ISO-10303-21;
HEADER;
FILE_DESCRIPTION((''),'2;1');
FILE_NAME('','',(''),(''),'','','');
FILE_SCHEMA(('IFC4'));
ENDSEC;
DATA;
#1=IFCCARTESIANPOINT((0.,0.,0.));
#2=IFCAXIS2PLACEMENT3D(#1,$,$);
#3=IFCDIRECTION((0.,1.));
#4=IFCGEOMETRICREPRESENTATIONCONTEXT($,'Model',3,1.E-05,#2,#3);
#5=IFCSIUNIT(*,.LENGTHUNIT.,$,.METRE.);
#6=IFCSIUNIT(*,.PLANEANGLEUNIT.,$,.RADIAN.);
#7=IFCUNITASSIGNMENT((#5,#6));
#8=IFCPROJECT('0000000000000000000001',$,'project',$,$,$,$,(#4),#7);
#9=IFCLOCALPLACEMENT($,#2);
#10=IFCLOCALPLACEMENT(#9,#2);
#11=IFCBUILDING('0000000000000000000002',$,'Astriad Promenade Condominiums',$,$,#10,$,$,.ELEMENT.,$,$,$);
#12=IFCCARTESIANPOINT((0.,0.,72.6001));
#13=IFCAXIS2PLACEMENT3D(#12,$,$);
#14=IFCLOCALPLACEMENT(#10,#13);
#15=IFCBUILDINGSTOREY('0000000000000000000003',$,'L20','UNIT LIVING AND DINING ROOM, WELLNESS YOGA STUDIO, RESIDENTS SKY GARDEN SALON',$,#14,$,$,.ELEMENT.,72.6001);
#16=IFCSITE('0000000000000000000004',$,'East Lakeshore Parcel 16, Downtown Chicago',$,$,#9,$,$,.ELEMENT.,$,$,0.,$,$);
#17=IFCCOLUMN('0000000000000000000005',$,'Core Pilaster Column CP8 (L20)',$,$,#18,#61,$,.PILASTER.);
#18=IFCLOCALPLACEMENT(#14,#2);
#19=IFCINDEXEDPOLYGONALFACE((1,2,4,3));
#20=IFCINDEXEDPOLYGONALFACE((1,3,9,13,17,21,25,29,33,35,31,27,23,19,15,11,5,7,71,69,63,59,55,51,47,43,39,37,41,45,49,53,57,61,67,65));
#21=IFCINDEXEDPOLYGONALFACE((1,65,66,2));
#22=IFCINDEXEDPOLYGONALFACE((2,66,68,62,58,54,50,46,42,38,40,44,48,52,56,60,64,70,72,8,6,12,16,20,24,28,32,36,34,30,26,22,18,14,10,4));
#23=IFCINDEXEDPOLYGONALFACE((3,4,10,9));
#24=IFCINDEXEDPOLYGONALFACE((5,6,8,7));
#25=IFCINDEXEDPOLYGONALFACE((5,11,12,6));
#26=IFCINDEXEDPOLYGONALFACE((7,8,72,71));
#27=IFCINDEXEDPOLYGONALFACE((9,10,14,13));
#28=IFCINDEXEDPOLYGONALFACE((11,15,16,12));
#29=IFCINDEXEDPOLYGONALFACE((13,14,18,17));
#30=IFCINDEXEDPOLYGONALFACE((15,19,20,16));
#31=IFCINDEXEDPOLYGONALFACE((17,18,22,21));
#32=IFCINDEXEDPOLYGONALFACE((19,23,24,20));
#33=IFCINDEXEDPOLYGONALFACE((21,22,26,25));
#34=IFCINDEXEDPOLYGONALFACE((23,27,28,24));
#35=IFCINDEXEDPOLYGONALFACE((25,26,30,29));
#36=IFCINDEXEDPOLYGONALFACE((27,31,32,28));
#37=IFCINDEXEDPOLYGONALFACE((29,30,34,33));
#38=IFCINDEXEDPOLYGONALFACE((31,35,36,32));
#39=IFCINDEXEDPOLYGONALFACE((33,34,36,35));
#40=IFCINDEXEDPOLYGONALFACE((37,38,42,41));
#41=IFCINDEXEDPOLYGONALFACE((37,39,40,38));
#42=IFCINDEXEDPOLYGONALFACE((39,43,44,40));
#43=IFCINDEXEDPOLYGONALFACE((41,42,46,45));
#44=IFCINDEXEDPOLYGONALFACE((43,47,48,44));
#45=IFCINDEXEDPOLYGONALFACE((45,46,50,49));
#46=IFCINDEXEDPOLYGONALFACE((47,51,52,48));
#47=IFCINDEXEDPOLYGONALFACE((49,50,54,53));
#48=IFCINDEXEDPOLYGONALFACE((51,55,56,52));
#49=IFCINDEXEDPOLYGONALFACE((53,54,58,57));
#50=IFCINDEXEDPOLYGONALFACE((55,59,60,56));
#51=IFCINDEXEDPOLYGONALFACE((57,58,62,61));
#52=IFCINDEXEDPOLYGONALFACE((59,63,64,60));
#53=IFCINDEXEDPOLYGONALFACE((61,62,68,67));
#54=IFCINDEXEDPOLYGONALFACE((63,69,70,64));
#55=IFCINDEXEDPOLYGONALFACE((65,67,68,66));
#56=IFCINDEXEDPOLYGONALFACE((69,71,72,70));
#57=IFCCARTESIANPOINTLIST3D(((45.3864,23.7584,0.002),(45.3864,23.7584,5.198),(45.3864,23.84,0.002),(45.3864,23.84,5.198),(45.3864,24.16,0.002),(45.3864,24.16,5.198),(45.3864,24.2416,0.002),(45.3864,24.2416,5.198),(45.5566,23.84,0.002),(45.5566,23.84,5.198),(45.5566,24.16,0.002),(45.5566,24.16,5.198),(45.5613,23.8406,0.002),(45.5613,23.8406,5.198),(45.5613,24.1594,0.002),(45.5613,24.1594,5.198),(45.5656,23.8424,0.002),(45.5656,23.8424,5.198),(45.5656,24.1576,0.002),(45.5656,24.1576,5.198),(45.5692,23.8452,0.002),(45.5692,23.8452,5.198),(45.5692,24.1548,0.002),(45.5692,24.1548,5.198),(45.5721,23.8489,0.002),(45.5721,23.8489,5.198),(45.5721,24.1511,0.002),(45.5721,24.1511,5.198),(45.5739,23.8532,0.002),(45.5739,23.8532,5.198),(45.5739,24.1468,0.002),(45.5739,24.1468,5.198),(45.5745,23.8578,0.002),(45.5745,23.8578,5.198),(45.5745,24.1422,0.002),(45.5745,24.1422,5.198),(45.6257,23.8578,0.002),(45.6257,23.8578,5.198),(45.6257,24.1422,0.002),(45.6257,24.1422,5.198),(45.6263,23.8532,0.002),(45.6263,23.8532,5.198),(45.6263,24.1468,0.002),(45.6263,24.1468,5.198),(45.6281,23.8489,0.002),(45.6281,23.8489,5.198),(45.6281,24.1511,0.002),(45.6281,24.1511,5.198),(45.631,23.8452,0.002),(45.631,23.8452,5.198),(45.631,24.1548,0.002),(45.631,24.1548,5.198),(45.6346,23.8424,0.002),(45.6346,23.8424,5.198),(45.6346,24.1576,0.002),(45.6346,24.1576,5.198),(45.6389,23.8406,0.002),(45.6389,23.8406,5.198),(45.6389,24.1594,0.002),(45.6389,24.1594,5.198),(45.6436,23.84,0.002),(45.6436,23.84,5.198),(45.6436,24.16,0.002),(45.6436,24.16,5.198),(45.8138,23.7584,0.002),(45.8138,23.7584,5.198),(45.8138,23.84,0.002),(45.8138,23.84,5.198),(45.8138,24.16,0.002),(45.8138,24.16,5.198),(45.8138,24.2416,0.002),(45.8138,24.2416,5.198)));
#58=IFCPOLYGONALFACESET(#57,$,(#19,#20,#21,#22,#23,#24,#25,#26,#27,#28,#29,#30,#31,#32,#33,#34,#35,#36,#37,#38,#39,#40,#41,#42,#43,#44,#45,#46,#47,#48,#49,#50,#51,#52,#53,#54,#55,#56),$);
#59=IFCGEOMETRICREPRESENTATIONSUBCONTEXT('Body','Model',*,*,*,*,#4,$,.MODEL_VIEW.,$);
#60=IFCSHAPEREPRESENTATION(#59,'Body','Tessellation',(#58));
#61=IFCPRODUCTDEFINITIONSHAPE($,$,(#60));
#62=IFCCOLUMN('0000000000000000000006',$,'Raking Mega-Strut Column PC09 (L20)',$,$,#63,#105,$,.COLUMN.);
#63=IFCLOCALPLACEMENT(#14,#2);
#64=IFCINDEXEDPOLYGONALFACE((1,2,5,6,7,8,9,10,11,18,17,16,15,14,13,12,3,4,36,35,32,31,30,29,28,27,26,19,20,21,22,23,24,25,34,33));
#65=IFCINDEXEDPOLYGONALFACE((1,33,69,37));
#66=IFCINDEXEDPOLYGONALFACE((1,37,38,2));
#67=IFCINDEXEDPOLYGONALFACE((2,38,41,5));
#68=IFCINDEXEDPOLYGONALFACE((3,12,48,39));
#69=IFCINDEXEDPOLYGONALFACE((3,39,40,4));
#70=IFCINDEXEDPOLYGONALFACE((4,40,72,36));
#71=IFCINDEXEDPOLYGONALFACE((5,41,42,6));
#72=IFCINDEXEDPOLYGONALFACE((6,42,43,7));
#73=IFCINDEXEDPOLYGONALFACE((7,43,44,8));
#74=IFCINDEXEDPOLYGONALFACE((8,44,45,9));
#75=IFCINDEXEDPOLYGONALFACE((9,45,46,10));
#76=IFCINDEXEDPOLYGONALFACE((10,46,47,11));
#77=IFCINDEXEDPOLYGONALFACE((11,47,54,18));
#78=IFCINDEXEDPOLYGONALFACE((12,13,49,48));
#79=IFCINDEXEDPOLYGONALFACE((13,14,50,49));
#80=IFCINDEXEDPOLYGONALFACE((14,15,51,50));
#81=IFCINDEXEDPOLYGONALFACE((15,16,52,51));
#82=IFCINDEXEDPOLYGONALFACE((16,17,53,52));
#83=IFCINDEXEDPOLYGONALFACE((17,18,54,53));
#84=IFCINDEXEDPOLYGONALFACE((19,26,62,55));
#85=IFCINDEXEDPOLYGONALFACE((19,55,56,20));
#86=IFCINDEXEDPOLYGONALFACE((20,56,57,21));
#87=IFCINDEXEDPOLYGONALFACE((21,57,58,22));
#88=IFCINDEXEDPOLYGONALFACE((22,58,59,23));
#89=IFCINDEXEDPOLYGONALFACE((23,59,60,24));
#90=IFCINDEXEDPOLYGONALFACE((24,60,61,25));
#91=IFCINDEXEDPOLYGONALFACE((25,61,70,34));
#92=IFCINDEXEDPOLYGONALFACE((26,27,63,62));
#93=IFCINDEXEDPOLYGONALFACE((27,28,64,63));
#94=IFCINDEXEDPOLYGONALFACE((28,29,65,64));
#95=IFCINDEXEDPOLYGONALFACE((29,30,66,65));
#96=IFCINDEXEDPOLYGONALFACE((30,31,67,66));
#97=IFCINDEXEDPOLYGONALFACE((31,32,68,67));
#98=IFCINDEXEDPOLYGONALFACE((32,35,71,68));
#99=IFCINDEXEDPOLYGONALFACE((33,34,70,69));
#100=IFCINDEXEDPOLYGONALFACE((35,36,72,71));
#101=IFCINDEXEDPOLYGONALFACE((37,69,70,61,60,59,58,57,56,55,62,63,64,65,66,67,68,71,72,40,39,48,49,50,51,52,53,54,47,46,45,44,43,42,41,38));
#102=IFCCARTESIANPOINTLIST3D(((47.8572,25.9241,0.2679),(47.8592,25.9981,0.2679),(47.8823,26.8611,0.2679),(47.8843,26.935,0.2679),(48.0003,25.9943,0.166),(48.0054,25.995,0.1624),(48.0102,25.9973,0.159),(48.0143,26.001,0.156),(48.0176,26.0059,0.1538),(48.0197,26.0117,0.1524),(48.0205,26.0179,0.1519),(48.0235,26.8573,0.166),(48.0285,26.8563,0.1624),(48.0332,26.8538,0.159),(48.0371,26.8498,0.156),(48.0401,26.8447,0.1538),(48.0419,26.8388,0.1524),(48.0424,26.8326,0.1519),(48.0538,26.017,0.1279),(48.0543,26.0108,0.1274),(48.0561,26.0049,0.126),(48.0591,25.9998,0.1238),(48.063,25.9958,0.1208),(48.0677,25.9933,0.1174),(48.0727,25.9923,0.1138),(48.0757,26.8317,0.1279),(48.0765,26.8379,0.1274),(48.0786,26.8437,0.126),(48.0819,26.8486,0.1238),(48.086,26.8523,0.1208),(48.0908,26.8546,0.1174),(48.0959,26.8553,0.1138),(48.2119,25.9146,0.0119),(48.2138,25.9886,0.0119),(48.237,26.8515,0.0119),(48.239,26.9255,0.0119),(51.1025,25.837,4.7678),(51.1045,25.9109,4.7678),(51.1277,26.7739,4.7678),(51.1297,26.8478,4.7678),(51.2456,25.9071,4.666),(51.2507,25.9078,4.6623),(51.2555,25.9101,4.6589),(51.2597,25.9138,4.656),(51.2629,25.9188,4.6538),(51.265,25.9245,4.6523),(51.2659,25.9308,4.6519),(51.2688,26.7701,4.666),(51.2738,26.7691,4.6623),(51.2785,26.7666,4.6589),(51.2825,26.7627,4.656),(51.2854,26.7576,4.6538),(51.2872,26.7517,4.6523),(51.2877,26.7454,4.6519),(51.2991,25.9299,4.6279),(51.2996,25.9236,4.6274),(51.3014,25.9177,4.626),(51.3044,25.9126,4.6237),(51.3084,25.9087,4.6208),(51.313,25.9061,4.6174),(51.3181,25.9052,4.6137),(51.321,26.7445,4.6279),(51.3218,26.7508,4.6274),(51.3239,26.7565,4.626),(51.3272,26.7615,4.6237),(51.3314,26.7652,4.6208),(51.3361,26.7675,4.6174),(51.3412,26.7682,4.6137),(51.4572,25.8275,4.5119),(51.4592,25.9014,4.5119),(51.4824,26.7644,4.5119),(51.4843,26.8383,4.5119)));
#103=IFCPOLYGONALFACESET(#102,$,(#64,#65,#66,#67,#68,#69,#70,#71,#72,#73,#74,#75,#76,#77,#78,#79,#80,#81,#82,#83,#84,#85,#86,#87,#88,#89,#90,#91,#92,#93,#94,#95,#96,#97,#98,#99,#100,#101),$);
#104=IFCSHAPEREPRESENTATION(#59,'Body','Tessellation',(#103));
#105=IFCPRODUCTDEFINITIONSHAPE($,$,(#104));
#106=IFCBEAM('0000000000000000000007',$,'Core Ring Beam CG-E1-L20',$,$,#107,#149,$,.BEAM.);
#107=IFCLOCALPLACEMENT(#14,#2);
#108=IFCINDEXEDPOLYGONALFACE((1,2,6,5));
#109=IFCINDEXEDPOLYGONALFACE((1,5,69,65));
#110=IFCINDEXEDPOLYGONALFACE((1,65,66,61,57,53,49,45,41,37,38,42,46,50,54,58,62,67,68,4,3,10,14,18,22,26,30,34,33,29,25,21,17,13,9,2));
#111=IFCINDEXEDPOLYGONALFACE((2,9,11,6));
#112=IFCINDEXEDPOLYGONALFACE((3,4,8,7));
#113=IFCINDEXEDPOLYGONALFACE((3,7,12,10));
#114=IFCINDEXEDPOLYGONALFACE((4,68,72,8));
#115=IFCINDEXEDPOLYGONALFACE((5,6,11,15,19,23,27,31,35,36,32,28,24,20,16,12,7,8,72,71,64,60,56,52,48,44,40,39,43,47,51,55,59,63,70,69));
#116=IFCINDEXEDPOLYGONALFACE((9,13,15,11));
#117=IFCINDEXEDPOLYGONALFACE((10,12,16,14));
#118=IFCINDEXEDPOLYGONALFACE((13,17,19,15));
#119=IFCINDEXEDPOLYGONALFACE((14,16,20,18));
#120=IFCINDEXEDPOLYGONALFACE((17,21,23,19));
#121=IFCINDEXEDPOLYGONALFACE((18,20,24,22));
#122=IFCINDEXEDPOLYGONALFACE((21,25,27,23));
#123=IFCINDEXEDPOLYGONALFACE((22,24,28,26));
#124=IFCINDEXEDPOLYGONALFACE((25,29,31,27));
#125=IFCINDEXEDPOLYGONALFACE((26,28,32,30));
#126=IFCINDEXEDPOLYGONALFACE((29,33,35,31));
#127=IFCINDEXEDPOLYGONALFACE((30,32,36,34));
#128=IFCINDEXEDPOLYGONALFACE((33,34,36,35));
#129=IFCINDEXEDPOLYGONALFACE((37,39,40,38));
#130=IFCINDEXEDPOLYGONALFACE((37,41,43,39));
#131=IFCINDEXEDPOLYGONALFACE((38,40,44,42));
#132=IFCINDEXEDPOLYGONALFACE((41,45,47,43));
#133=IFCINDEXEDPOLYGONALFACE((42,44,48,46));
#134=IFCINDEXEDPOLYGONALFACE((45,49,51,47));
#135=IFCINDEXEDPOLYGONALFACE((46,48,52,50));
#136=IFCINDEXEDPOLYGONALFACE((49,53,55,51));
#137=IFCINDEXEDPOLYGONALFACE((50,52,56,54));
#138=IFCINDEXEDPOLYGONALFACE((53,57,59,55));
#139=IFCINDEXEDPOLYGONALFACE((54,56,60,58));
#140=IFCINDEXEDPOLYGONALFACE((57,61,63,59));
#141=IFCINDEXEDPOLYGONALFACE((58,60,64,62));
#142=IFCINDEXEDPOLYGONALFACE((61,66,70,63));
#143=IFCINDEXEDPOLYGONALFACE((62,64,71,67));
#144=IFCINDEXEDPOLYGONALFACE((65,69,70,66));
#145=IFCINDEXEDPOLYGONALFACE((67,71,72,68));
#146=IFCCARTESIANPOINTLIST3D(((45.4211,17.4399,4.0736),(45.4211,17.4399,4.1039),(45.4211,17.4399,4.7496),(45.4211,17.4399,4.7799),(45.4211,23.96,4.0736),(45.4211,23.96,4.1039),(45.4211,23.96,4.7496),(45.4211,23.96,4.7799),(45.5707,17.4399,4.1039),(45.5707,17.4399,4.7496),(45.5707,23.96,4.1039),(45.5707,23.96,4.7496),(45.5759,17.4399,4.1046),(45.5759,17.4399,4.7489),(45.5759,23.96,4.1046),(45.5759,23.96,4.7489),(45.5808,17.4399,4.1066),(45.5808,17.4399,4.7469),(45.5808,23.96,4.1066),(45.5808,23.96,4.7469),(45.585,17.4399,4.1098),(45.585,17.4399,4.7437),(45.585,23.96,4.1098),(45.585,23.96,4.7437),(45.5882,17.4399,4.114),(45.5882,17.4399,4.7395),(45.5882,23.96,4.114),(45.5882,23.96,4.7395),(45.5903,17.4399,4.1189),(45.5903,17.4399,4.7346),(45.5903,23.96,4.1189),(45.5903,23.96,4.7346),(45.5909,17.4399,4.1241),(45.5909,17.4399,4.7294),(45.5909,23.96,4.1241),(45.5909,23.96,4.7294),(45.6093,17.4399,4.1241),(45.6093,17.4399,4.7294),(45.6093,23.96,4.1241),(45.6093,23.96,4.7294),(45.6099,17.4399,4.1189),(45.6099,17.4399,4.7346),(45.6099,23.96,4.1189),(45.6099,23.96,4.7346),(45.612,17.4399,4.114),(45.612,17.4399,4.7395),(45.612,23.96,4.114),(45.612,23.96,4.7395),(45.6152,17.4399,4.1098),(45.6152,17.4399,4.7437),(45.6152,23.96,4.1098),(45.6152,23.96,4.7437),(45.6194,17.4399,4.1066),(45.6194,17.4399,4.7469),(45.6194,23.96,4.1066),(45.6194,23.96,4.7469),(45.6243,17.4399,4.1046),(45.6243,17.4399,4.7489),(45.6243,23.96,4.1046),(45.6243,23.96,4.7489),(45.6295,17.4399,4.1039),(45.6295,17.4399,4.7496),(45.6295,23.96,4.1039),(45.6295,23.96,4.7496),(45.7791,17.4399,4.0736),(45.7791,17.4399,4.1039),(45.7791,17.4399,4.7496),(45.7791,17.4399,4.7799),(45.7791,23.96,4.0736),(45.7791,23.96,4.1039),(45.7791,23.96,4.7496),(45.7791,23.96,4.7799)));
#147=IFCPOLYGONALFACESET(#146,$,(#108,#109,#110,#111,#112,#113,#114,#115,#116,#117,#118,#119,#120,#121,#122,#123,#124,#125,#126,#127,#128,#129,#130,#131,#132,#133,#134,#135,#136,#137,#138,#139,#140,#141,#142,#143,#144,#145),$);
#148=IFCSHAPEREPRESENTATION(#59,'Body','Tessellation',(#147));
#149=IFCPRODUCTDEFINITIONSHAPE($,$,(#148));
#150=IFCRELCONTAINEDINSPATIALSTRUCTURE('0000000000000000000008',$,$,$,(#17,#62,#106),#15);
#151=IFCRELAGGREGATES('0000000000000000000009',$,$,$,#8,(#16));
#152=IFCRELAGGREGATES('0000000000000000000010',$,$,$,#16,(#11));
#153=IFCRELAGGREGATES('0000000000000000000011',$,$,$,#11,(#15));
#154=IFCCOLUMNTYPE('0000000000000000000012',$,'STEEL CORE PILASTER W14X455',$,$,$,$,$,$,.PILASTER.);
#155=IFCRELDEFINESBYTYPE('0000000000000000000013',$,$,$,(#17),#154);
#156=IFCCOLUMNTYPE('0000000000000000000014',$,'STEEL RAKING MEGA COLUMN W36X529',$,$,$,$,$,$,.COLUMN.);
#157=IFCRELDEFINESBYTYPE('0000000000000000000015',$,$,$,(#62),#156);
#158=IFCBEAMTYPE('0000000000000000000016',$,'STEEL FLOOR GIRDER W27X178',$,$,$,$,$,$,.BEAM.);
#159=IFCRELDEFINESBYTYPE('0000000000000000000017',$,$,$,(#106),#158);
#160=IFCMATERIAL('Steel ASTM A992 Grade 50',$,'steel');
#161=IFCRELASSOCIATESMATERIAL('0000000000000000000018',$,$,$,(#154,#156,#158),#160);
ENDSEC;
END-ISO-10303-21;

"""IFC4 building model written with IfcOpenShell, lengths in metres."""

from ifc_helpers import new_model, si_unit, direction, frame, origin, origin_2d, place, context, subcontext, project, spatial, i_section, extrude, source, transform, mapped, material, material_profile, profile_set, type_object, type_shapes, element, save


model = new_model("IFC4")

# Units and contexts
model_context = context("Model", 3, precision=1e-05, world=origin(), true_north=direction((0.0, 1.0)))
body_context = subcontext(model_context, "Body", "Model", "MODEL_VIEW")
ifc_project = project(units=[si_unit("LENGTHUNIT", "METRE"), si_unit("PLANEANGLEUNIT", "RADIAN")], contexts=[model_context])

# Site, building, storey
site_placement = place(None, origin())
site = spatial("IfcSite", under=ifc_project, at=site_placement, Name="East Lakeshore Parcel 16, Downtown Chicago", CompositionType="ELEMENT", RefElevation=0.0)
building_placement = place(site_placement, origin())
building = spatial("IfcBuilding", under=site, at=building_placement, Name="Astriad Promenade Condominiums", CompositionType="ELEMENT")
storey_placement = place(building_placement, frame((0.0, 0.0, 72.6001)))
storey = spatial("IfcBuildingStorey", under=building, at=storey_placement, Name="L20", Description="UNIT LIVING AND DINING ROOM, WELLNESS YOGA STUDIO, RESIDENTS SKY GARDEN SALON", CompositionType="ELEMENT", Elevation=72.6001)

# Columns
ifc_material_1 = material(Name="Steel ASTM A992 Grade 50", Category="steel")
ifc_material_profile_1 = material_profile(ifc_material_1, i_section(OverallWidth=0.4275, OverallDepth=0.4832, WebThickness=0.0513, FlangeThickness=0.0815, FilletRadius=0.0178, at=origin_2d()), Name="W14X455")
ifc_profile_set_1 = profile_set([ifc_material_profile_1], Name="Steel ASTM A992 Grade 50")
column_type_1 = type_object("IfcColumnType", Name="STEEL CORE PILASTER W14X455", PredefinedType="PILASTER", material=ifc_profile_set_1)
shared_shape_1 = source(origin(), body_context, "Body", "SweptSolid", [
    extrude(i_section(OverallWidth=0.4275, OverallDepth=0.4832, WebThickness=0.0513, FlangeThickness=0.0815, FilletRadius=0.0178, at=origin_2d()), origin(), (0.0, 0.0, 1.0), 5.196),
])
type_shapes(column_type_1, [shared_shape_1])
column_1_placement = place(storey_placement, frame((45.6001, 24.0, 0.002), z_axis=(0.0, 0.0, 1.0), x_axis=(1.0, 0.0, 0.0)))
element("IfcColumn", 1, at=column_1_placement, inside=storey, type_object=column_type_1, Name="Core Pilaster Column CP8 (L20)", PredefinedType="PILASTER", context=body_context, shape_type="MappedRepresentation", body=[
    mapped(shared_shape_1, transform((0.0, 0.0, 0.0), scale=1.0)),
])
ifc_material_profile_2 = material_profile(ifc_material_1, i_section(OverallWidth=0.4375, OverallDepth=1.0112, WebThickness=0.041, FlangeThickness=0.074, FilletRadius=0.0242, at=origin_2d()), Name="W36X529")
ifc_profile_set_2 = profile_set([ifc_material_profile_2], Name="Steel ASTM A992 Grade 50")
column_type_2 = type_object("IfcColumnType", Name="STEEL RAKING MEGA COLUMN W36X529", PredefinedType="COLUMN", material=ifc_profile_set_2)
shared_shape_2 = source(origin(), body_context, "Body", "SweptSolid", [
    extrude(i_section(OverallWidth=0.4375, OverallDepth=1.0112, WebThickness=0.041, FlangeThickness=0.074, FilletRadius=0.0242, at=origin_2d()), origin(), (0.0, 0.0, 1.0), 5.5488),
])
type_shapes(column_type_2, [shared_shape_2])
column_2_placement = place(storey_placement, frame((48.0481, 26.4248, 0.1399), z_axis=(0.584869, -0.015707, 0.810976), x_axis=(-0.810684, 0.021772, 0.58508)))
element("IfcColumn", 2, at=column_2_placement, inside=storey, type_object=column_type_2, Name="Raking Mega-Strut Column PC09 (L20)", PredefinedType="COLUMN", context=body_context, shape_type="MappedRepresentation", body=[
    mapped(shared_shape_2, transform((0.0, 0.0, 0.0), scale=1.0)),
])

# Beam
ifc_material_profile_3 = material_profile(ifc_material_1, i_section(OverallWidth=0.3579, OverallDepth=0.7063, WebThickness=0.0183, FlangeThickness=0.0303, FilletRadius=0.0203, at=origin_2d()), Name="W27X178")
ifc_profile_set_3 = profile_set([ifc_material_profile_3], Name="Steel ASTM A992 Grade 50")
beam_type_1 = type_object("IfcBeamType", Name="STEEL FLOOR GIRDER W27X178", PredefinedType="BEAM", material=ifc_profile_set_3)
shared_shape_3 = source(origin(), body_context, "Body", "SweptSolid", [
    extrude(i_section(OverallWidth=0.3579, OverallDepth=0.7063, WebThickness=0.0183, FlangeThickness=0.0303, FilletRadius=0.0203, at=origin_2d()), origin(), (0.0, 0.0, 1.0), 6.52),
])
type_shapes(beam_type_1, [shared_shape_3])
beam_1_placement = place(storey_placement, frame((45.6001, 17.4399, 4.4268), z_axis=(0.0, 1.0, 0.0), x_axis=(-1.0, 0.0, 0.0)))
element("IfcBeam", 3, at=beam_1_placement, inside=storey, type_object=beam_type_1, Name="Core Ring Beam CG-E1-L20", PredefinedType="BEAM", context=body_context, shape_type="MappedRepresentation", body=[
    mapped(shared_shape_3, transform((0.0, 0.0, 0.0), scale=1.0)),
])

save(model, "model.ifc")
